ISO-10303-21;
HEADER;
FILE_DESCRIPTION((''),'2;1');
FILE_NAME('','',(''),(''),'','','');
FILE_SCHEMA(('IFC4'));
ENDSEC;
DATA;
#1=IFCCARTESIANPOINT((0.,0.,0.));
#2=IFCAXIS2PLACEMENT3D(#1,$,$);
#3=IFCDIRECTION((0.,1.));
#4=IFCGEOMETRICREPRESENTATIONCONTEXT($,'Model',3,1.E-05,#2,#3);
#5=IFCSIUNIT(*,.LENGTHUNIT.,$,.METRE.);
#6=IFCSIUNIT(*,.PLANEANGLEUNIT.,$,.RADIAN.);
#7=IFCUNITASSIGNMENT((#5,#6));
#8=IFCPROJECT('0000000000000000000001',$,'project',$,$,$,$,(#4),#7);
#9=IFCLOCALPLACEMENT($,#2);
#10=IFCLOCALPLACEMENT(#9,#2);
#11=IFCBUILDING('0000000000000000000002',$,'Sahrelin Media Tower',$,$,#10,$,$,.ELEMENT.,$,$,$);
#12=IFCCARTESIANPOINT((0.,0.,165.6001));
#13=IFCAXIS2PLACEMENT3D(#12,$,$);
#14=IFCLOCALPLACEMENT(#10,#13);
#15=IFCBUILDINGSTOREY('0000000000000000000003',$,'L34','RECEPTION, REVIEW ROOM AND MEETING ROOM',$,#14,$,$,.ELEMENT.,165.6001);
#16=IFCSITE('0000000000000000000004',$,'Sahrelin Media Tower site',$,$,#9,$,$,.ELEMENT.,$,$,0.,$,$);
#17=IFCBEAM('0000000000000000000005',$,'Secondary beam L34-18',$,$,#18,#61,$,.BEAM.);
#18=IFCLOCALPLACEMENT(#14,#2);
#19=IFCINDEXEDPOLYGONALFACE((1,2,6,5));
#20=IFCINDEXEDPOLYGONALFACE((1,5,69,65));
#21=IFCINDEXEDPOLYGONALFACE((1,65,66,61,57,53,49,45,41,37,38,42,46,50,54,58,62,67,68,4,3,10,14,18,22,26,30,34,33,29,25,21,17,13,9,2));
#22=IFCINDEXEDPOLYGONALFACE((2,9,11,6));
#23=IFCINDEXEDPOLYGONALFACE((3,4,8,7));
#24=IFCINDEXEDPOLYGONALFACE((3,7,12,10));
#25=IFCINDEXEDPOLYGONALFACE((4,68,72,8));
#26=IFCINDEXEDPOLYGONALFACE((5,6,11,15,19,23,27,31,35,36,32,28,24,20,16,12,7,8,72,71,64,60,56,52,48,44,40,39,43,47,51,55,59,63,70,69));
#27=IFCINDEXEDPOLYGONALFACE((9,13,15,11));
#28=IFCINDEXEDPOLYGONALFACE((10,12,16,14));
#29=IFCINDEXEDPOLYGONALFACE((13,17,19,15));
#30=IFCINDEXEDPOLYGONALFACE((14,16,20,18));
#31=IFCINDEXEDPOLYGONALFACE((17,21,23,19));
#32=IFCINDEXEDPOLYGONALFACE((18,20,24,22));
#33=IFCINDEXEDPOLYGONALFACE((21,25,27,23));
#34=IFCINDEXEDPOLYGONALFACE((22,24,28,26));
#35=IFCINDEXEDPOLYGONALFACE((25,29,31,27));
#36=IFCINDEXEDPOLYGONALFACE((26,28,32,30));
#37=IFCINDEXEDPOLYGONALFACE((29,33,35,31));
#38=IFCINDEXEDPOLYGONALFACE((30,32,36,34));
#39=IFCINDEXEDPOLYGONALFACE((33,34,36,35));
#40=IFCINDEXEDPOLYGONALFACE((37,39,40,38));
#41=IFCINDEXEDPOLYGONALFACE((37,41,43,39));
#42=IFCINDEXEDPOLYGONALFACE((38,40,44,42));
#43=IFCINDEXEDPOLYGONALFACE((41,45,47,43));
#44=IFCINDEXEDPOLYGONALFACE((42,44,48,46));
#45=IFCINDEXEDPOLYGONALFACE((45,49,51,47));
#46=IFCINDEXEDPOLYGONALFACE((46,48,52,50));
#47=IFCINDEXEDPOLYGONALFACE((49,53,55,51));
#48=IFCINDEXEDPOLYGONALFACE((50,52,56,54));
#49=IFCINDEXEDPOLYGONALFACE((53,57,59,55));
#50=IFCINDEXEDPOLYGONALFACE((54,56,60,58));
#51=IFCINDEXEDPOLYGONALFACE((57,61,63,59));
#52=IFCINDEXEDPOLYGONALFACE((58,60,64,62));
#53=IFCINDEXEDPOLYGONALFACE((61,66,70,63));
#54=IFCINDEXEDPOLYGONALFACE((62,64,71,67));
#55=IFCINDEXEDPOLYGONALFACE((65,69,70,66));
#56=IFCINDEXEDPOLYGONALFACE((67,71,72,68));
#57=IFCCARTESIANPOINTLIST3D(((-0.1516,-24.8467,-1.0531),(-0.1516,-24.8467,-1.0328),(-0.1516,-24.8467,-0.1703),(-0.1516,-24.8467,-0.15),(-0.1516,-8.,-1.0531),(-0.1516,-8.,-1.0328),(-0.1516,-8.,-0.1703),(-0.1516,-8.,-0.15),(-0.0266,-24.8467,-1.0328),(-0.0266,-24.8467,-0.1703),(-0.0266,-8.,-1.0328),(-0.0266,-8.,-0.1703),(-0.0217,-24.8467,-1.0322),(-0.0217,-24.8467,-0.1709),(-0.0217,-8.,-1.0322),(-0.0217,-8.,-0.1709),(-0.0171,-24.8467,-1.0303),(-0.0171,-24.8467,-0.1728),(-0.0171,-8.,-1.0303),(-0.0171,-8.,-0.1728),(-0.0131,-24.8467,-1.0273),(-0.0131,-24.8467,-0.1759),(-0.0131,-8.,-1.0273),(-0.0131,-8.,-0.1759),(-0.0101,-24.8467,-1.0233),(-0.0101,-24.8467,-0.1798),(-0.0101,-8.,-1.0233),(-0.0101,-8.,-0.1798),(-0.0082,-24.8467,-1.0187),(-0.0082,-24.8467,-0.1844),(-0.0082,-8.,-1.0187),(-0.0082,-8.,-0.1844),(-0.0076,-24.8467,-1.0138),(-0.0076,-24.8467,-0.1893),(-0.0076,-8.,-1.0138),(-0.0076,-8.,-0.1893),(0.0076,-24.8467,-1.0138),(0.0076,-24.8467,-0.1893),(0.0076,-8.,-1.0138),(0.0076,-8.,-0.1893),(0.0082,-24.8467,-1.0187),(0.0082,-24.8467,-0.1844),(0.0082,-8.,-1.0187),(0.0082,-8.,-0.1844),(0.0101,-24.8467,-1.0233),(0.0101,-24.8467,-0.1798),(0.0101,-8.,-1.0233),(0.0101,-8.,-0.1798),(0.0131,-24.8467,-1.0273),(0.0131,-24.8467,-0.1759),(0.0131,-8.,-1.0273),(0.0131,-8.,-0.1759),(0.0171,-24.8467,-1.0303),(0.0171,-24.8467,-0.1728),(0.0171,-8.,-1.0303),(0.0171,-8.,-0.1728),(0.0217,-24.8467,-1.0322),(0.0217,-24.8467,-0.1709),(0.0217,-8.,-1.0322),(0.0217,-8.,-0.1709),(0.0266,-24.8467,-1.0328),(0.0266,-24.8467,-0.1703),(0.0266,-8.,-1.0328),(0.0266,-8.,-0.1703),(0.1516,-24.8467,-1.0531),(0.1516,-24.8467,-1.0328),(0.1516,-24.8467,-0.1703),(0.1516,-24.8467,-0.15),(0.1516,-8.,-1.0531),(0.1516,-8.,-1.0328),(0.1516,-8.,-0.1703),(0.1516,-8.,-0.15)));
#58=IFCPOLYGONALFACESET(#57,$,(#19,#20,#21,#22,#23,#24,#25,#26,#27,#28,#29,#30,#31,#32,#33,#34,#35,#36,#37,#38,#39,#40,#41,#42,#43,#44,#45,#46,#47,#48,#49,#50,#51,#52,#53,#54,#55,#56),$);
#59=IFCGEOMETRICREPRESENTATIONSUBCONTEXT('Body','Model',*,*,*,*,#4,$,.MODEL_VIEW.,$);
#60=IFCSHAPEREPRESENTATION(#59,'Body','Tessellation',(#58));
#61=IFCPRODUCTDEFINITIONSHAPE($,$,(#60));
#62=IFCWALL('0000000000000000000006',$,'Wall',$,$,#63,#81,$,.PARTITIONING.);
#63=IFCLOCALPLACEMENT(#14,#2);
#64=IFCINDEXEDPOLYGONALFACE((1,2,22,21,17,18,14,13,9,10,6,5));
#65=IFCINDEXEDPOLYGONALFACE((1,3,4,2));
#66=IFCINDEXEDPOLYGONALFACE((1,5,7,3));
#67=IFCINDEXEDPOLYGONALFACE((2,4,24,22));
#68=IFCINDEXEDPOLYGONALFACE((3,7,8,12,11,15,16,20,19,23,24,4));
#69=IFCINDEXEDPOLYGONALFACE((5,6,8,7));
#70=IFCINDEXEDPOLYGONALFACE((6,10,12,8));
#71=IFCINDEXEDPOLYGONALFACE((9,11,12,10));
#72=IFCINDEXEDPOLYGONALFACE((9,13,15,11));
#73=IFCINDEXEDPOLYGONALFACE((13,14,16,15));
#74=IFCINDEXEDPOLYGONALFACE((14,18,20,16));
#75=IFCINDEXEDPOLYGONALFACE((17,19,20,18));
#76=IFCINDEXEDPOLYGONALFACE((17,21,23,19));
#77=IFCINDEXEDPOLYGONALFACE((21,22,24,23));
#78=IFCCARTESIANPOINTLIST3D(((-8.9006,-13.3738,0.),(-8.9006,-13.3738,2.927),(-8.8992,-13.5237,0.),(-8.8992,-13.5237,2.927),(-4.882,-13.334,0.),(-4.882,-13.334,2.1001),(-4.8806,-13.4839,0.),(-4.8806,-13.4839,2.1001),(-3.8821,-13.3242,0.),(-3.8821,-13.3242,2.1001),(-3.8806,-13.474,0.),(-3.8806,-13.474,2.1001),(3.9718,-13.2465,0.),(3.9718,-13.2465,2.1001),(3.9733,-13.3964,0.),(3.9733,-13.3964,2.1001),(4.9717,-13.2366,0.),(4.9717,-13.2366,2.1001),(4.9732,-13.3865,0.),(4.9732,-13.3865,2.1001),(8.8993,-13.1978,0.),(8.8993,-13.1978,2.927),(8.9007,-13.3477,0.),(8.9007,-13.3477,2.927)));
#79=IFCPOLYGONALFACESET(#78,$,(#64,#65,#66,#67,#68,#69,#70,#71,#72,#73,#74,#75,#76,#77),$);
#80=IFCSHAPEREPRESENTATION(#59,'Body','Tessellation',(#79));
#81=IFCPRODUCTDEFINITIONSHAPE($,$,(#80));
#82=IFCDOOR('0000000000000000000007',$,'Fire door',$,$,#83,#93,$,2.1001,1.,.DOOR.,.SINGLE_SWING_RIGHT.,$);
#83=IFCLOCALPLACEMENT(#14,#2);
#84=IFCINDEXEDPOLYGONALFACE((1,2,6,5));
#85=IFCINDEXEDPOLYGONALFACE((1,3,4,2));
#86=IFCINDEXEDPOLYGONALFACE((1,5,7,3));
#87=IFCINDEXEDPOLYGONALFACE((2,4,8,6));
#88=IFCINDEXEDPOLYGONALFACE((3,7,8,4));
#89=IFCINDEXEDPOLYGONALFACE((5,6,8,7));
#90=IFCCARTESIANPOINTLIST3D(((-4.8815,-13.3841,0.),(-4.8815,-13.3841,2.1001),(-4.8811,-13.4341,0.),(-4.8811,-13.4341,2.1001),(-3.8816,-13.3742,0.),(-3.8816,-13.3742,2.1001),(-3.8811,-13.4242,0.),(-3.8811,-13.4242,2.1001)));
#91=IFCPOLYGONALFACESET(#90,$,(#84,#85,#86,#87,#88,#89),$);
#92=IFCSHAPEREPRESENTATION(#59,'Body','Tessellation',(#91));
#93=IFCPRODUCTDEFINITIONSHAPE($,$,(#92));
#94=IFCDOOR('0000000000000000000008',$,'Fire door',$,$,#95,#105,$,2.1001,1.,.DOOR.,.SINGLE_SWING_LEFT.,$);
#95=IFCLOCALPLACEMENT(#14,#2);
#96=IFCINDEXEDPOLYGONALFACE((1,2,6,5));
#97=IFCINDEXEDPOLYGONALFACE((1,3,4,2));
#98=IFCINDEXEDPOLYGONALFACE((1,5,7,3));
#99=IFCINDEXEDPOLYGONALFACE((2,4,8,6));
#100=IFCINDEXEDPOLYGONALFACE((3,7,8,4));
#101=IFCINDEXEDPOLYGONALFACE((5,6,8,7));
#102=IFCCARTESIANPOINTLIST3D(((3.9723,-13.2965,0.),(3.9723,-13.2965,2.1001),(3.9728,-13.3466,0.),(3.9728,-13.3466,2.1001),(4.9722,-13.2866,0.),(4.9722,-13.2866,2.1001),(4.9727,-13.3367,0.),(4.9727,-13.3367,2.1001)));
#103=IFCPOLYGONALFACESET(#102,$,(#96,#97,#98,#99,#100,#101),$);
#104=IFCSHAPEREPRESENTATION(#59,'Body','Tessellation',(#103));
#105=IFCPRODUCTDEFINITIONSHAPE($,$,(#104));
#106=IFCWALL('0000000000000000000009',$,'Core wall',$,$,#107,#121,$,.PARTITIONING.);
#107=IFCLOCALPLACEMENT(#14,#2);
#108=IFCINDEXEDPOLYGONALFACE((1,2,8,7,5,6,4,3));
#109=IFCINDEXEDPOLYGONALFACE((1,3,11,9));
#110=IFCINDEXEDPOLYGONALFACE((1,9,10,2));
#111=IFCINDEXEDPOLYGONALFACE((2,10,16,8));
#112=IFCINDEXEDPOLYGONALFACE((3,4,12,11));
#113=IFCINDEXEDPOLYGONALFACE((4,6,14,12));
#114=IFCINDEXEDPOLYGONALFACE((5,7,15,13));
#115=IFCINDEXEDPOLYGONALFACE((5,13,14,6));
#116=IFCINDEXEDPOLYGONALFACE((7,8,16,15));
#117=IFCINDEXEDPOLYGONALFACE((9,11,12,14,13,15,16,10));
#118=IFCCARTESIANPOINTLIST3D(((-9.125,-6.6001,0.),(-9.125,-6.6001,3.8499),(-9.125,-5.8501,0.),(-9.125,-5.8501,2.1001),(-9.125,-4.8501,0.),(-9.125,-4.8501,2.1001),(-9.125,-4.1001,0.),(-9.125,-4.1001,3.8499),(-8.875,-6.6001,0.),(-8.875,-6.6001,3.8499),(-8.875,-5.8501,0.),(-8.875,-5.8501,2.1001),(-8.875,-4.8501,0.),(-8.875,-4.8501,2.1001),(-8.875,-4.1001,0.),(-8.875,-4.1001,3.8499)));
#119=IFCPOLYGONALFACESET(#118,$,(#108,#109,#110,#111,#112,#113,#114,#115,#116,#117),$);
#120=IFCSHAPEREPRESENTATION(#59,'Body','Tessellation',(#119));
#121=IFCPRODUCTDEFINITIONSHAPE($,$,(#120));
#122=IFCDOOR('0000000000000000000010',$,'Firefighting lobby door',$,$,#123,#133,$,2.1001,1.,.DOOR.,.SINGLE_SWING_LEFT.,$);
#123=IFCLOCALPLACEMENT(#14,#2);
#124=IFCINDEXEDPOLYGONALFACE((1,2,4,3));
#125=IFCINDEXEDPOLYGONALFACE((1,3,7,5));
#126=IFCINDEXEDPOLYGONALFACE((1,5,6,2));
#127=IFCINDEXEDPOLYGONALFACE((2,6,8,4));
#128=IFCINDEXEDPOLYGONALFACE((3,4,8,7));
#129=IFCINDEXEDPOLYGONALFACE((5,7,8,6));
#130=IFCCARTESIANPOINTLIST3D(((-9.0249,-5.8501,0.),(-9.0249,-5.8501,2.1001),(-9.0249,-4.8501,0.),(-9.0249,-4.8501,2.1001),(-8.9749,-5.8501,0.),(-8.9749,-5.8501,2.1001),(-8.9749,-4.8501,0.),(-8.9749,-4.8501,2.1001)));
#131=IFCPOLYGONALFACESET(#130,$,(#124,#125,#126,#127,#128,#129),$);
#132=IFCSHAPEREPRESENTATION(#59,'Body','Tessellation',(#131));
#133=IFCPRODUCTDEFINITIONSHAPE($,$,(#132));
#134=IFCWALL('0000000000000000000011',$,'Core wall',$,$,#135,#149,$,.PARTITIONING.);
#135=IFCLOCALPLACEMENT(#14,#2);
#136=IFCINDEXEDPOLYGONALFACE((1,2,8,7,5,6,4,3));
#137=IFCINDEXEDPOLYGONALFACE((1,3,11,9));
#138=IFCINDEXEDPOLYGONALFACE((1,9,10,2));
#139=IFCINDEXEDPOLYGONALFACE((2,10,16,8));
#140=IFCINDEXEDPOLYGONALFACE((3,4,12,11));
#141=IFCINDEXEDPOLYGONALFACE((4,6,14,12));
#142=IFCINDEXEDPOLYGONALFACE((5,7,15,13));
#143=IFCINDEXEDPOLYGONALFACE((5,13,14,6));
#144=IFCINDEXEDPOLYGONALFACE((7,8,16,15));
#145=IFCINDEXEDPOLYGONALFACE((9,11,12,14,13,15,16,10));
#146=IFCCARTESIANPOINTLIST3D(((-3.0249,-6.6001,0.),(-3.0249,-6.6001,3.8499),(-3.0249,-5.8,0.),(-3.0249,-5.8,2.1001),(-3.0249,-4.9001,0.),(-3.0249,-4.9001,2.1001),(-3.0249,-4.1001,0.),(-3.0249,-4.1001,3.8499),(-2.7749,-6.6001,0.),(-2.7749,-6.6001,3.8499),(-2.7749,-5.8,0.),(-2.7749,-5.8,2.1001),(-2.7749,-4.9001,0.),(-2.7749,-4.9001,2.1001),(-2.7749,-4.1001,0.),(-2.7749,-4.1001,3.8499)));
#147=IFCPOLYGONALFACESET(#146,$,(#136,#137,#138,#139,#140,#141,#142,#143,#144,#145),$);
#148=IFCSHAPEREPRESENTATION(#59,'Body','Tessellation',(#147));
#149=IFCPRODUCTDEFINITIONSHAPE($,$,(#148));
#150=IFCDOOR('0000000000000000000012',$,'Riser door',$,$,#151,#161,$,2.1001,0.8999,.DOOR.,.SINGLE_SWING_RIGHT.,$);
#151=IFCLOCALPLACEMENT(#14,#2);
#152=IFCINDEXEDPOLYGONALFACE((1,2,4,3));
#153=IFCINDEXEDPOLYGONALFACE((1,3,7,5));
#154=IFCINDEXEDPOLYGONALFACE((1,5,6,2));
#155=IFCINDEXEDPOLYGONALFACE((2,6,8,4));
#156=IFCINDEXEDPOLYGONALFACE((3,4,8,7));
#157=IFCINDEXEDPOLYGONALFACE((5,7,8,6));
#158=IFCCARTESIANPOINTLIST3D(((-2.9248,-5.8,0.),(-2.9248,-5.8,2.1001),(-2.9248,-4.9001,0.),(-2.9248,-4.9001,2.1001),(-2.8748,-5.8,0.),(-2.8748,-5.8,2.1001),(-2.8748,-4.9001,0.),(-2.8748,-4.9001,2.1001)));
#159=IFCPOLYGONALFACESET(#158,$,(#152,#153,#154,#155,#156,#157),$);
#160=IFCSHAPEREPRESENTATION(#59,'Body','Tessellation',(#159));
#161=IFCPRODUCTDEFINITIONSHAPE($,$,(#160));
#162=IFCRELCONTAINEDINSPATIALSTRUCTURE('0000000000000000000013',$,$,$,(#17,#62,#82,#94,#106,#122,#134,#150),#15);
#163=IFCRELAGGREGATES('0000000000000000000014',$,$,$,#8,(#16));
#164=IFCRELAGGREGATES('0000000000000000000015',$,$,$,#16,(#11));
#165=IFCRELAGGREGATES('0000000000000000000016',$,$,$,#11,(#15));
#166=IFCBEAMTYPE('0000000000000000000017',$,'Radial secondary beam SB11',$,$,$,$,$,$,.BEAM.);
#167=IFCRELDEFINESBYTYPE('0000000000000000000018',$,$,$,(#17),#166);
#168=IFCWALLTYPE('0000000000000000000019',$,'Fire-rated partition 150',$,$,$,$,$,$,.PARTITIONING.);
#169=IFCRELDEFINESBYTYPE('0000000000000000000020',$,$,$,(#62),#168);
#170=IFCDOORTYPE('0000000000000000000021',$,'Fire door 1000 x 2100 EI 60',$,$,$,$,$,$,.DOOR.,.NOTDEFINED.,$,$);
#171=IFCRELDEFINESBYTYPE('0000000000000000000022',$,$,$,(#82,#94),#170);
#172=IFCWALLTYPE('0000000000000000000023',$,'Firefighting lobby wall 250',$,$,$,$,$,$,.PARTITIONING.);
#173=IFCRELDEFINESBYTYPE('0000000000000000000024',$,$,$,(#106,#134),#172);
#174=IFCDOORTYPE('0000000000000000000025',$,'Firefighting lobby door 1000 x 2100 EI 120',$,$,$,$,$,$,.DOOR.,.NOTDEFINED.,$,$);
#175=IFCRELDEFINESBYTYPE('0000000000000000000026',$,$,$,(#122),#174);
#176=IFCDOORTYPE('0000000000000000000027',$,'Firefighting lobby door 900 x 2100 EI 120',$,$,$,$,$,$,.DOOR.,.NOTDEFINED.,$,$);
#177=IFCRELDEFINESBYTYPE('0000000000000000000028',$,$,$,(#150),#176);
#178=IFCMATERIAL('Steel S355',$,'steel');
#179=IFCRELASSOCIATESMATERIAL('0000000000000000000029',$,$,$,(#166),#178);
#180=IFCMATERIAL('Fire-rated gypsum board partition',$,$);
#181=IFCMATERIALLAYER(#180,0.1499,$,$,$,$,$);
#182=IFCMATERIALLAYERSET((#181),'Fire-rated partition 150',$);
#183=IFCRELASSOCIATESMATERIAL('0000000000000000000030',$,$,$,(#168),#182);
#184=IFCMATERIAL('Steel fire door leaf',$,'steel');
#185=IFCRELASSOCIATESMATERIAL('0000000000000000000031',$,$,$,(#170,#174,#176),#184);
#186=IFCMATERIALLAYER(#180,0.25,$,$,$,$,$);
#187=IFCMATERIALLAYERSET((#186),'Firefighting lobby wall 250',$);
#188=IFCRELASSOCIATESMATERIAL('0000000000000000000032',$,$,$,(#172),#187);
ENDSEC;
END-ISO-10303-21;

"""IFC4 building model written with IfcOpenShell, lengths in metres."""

from ifc_helpers import new_model, si_unit, direction, frame, frame_2d, origin, origin_2d, place, context, subcontext, project, spatial, rectangle, i_section, extrude, material, layer, layer_set, material_profile, profile_set, type_object, element, fill, save


model = new_model("IFC4")

# Units and contexts
model_context = context("Model", 3, precision=1e-05, world=origin(), true_north=direction((0.0, 1.0)))
body_context = subcontext(model_context, "Body", "Model", "MODEL_VIEW")
ifc_project = project(units=[si_unit("LENGTHUNIT", "METRE"), si_unit("PLANEANGLEUNIT", "RADIAN")], contexts=[model_context])

# Site, building, storey
site_placement = place(None, origin())
site = spatial("IfcSite", under=ifc_project, at=site_placement, Name="Sahrelin Media Tower site", CompositionType="ELEMENT", RefElevation=0.0)
building_placement = place(site_placement, origin())
building = spatial("IfcBuilding", under=site, at=building_placement, Name="Sahrelin Media Tower", CompositionType="ELEMENT")
storey_placement = place(building_placement, frame((0.0, 0.0, 165.6001)))
storey = spatial("IfcBuildingStorey", under=building, at=storey_placement, Name="L34", Description="RECEPTION, REVIEW ROOM AND MEETING ROOM", CompositionType="ELEMENT", Elevation=165.6001)

# Beam
ifc_material_1 = material(Name="Steel S355", Category="steel")
ifc_material_profile_1 = material_profile(ifc_material_1, i_section(OverallWidth=0.3032, OverallDepth=0.9031, WebThickness=0.0151, FlangeThickness=0.0203, FilletRadius=0.019, at=origin_2d()), Name="UB 914x305x201")
ifc_profile_set_1 = profile_set([ifc_material_profile_1], Name="Steel S355")
beam_type_1 = type_object("IfcBeamType", Name="Radial secondary beam SB11", PredefinedType="BEAM", material=ifc_profile_set_1)
beam_1_placement = place(storey_placement, frame((0.0, -8.0, -0.6016), z_axis=(0.0, -1.0, 0.0), x_axis=(1.0, 0.0, 0.0)))
element("IfcBeam", 1, at=beam_1_placement, inside=storey, type_object=beam_type_1, Name="Secondary beam L34-18", PredefinedType="BEAM", context=body_context, shape_type="SweptSolid", body=[
    extrude(i_section(OverallWidth=0.3032, OverallDepth=0.9031, WebThickness=0.0151, FlangeThickness=0.0203, FilletRadius=0.019, at=origin_2d()), origin(), (0.0, 0.0, 1.0), 16.8467),
])

# Wall, openings, doors
ifc_material_2 = material(Name="Fire-rated gypsum board partition")
ifc_layer_1 = layer(ifc_material_2, 0.1499)
ifc_layer_set_1 = layer_set([ifc_layer_1], Name="Fire-rated partition 150")
wall_type_1 = type_object("IfcWallType", Name="Fire-rated partition 150", PredefinedType="PARTITIONING", material=ifc_layer_set_1)
wall_1_placement = place(storey_placement, frame((-8.8999, -13.4487, 0.0), z_axis=(0.0, 0.0, 1.0), x_axis=(0.999951, 0.009889, 0.0)))
wall_1 = element("IfcWall", 2, at=wall_1_placement, inside=storey, type_object=wall_type_1, Name="Wall", PredefinedType="PARTITIONING", context=body_context, shape_type="SweptSolid", body=[
    extrude(rectangle(XDim=17.8008, YDim=0.1499, at=frame_2d((8.9004, 0.0))), origin(), (0.0, 0.0, 1.0), 2.927),
])
opening_1_placement = place(wall_1_placement, frame((4.0188, 0.0, 0.0)))
opening_1 = element("IfcOpeningElement", 3, at=opening_1_placement, cuts=wall_1, PredefinedType="OPENING", context=body_context, shape_type="SweptSolid", body=[
    extrude(rectangle(XDim=1.0, YDim=2.1001, at=frame_2d((0.5, 1.05))), frame((0.0, 0.075, 0.0), z_axis=(0.0, -1.0, 0.0), x_axis=(1.0, 0.0, 0.0)), (0.0, 0.0, 1.0), 0.1499),
])
opening_2_placement = place(wall_1_placement, frame((12.873, 0.0, 0.0)))
opening_2 = element("IfcOpeningElement", 4, at=opening_2_placement, cuts=wall_1, PredefinedType="OPENING", context=body_context, shape_type="SweptSolid", body=[
    extrude(rectangle(XDim=1.0, YDim=2.1001, at=frame_2d((0.5, 1.05))), frame((0.0, 0.075, 0.0), z_axis=(0.0, -1.0, 0.0), x_axis=(1.0, 0.0, 0.0)), (0.0, 0.0, 1.0), 0.1499),
])
ifc_material_3 = material(Name="Steel fire door leaf", Category="steel")
door_type_1 = type_object("IfcDoorType", Name="Fire door 1000 x 2100 EI 60", OperationType="NOTDEFINED", PredefinedType="DOOR", material=ifc_material_3)
door_1_placement = place(opening_1_placement, origin())
door_1 = element("IfcDoor", 5, at=door_1_placement, inside=storey, type_object=door_type_1, Name="Fire door", OperationType="SINGLE_SWING_RIGHT", OverallHeight=2.1001, OverallWidth=1.0, PredefinedType="DOOR", context=body_context, shape_type="SweptSolid", body=[
    extrude(rectangle(XDim=1.0, YDim=2.1001, at=frame_2d((0.5, 1.05))), frame((0.0, 0.0249, 0.0), z_axis=(0.0, -1.0, 0.0), x_axis=(1.0, 0.0, 0.0)), (0.0, 0.0, 1.0), 0.05),
])
fill(opening_1, door_1)
door_2_placement = place(opening_2_placement, origin())
door_2 = element("IfcDoor", 6, at=door_2_placement, inside=storey, type_object=door_type_1, Name="Fire door", OperationType="SINGLE_SWING_LEFT", OverallHeight=2.1001, OverallWidth=1.0, PredefinedType="DOOR", context=body_context, shape_type="SweptSolid", body=[
    extrude(rectangle(XDim=1.0, YDim=2.1001, at=frame_2d((0.5, 1.05))), frame((0.0, 0.0249, 0.0), z_axis=(0.0, -1.0, 0.0), x_axis=(1.0, 0.0, 0.0)), (0.0, 0.0, 1.0), 0.05),
])
fill(opening_2, door_2)

# Walls, openings, doors
ifc_layer_2 = layer(ifc_material_2, 0.25)
ifc_layer_set_2 = layer_set([ifc_layer_2], Name="Firefighting lobby wall 250")
wall_type_2 = type_object("IfcWallType", Name="Firefighting lobby wall 250", PredefinedType="PARTITIONING", material=ifc_layer_set_2)
wall_2_placement = place(storey_placement, frame((-9.0, -6.6001, 0.0), z_axis=(0.0, 0.0, 1.0), x_axis=(0.0, 1.0, 0.0)))
wall_2 = element("IfcWall", 7, at=wall_2_placement, inside=storey, type_object=wall_type_2, Name="Core wall", PredefinedType="PARTITIONING", context=body_context, shape_type="SweptSolid", body=[
    extrude(rectangle(XDim=2.5, YDim=0.25, at=frame_2d((1.25, 0.0))), origin(), (0.0, 0.0, 1.0), 3.8499),
])
opening_3_placement = place(wall_2_placement, frame((0.75, 0.0, 0.0)))
opening_3 = element("IfcOpeningElement", 8, at=opening_3_placement, cuts=wall_2, PredefinedType="OPENING", context=body_context, shape_type="SweptSolid", body=[
    extrude(rectangle(XDim=1.0, YDim=2.1001, at=frame_2d((0.5, 1.05))), frame((0.0, 0.125, 0.0), z_axis=(0.0, -1.0, 0.0), x_axis=(1.0, 0.0, 0.0)), (0.0, 0.0, 1.0), 0.25),
])
door_type_2 = type_object("IfcDoorType", Name="Firefighting lobby door 1000 x 2100 EI 120", OperationType="NOTDEFINED", PredefinedType="DOOR", material=ifc_material_3)
door_3_placement = place(opening_3_placement, origin())
door_3 = element("IfcDoor", 9, at=door_3_placement, inside=storey, type_object=door_type_2, Name="Firefighting lobby door", OperationType="SINGLE_SWING_LEFT", OverallHeight=2.1001, OverallWidth=1.0, PredefinedType="DOOR", context=body_context, shape_type="SweptSolid", body=[
    extrude(rectangle(XDim=1.0, YDim=2.1001, at=frame_2d((0.5, 1.05))), frame((0.0, 0.0249, 0.0), z_axis=(0.0, -1.0, 0.0), x_axis=(1.0, 0.0, 0.0)), (0.0, 0.0, 1.0), 0.05),
])
fill(opening_3, door_3)
wall_3_placement = place(storey_placement, frame((-2.8999, -6.6001, 0.0), z_axis=(0.0, 0.0, 1.0), x_axis=(0.0, 1.0, 0.0)))
wall_3 = element("IfcWall", 10, at=wall_3_placement, inside=storey, type_object=wall_type_2, Name="Core wall", PredefinedType="PARTITIONING", context=body_context, shape_type="SweptSolid", body=[
    extrude(rectangle(XDim=2.5, YDim=0.25, at=frame_2d((1.25, 0.0))), origin(), (0.0, 0.0, 1.0), 3.8499),
])
opening_4_placement = place(wall_3_placement, frame((0.8, 0.0, 0.0)))
opening_4 = element("IfcOpeningElement", 11, at=opening_4_placement, cuts=wall_3, PredefinedType="OPENING", context=body_context, shape_type="SweptSolid", body=[
    extrude(rectangle(XDim=0.8999, YDim=2.1001, at=frame_2d((0.45, 1.05))), frame((0.0, 0.125, 0.0), z_axis=(0.0, -1.0, 0.0), x_axis=(1.0, 0.0, 0.0)), (0.0, 0.0, 1.0), 0.25),
])
door_type_3 = type_object("IfcDoorType", Name="Firefighting lobby door 900 x 2100 EI 120", OperationType="NOTDEFINED", PredefinedType="DOOR", material=ifc_material_3)
door_4_placement = place(opening_4_placement, origin())
door_4 = element("IfcDoor", 12, at=door_4_placement, inside=storey, type_object=door_type_3, Name="Riser door", OperationType="SINGLE_SWING_RIGHT", OverallHeight=2.1001, OverallWidth=0.8999, PredefinedType="DOOR", context=body_context, shape_type="SweptSolid", body=[
    extrude(rectangle(XDim=0.8999, YDim=2.1001, at=frame_2d((0.45, 1.05))), frame((0.0, 0.0249, 0.0), z_axis=(0.0, -1.0, 0.0), x_axis=(1.0, 0.0, 0.0)), (0.0, 0.0, 1.0), 0.05),
])
fill(opening_4, door_4)

save(model, "model.ifc")
